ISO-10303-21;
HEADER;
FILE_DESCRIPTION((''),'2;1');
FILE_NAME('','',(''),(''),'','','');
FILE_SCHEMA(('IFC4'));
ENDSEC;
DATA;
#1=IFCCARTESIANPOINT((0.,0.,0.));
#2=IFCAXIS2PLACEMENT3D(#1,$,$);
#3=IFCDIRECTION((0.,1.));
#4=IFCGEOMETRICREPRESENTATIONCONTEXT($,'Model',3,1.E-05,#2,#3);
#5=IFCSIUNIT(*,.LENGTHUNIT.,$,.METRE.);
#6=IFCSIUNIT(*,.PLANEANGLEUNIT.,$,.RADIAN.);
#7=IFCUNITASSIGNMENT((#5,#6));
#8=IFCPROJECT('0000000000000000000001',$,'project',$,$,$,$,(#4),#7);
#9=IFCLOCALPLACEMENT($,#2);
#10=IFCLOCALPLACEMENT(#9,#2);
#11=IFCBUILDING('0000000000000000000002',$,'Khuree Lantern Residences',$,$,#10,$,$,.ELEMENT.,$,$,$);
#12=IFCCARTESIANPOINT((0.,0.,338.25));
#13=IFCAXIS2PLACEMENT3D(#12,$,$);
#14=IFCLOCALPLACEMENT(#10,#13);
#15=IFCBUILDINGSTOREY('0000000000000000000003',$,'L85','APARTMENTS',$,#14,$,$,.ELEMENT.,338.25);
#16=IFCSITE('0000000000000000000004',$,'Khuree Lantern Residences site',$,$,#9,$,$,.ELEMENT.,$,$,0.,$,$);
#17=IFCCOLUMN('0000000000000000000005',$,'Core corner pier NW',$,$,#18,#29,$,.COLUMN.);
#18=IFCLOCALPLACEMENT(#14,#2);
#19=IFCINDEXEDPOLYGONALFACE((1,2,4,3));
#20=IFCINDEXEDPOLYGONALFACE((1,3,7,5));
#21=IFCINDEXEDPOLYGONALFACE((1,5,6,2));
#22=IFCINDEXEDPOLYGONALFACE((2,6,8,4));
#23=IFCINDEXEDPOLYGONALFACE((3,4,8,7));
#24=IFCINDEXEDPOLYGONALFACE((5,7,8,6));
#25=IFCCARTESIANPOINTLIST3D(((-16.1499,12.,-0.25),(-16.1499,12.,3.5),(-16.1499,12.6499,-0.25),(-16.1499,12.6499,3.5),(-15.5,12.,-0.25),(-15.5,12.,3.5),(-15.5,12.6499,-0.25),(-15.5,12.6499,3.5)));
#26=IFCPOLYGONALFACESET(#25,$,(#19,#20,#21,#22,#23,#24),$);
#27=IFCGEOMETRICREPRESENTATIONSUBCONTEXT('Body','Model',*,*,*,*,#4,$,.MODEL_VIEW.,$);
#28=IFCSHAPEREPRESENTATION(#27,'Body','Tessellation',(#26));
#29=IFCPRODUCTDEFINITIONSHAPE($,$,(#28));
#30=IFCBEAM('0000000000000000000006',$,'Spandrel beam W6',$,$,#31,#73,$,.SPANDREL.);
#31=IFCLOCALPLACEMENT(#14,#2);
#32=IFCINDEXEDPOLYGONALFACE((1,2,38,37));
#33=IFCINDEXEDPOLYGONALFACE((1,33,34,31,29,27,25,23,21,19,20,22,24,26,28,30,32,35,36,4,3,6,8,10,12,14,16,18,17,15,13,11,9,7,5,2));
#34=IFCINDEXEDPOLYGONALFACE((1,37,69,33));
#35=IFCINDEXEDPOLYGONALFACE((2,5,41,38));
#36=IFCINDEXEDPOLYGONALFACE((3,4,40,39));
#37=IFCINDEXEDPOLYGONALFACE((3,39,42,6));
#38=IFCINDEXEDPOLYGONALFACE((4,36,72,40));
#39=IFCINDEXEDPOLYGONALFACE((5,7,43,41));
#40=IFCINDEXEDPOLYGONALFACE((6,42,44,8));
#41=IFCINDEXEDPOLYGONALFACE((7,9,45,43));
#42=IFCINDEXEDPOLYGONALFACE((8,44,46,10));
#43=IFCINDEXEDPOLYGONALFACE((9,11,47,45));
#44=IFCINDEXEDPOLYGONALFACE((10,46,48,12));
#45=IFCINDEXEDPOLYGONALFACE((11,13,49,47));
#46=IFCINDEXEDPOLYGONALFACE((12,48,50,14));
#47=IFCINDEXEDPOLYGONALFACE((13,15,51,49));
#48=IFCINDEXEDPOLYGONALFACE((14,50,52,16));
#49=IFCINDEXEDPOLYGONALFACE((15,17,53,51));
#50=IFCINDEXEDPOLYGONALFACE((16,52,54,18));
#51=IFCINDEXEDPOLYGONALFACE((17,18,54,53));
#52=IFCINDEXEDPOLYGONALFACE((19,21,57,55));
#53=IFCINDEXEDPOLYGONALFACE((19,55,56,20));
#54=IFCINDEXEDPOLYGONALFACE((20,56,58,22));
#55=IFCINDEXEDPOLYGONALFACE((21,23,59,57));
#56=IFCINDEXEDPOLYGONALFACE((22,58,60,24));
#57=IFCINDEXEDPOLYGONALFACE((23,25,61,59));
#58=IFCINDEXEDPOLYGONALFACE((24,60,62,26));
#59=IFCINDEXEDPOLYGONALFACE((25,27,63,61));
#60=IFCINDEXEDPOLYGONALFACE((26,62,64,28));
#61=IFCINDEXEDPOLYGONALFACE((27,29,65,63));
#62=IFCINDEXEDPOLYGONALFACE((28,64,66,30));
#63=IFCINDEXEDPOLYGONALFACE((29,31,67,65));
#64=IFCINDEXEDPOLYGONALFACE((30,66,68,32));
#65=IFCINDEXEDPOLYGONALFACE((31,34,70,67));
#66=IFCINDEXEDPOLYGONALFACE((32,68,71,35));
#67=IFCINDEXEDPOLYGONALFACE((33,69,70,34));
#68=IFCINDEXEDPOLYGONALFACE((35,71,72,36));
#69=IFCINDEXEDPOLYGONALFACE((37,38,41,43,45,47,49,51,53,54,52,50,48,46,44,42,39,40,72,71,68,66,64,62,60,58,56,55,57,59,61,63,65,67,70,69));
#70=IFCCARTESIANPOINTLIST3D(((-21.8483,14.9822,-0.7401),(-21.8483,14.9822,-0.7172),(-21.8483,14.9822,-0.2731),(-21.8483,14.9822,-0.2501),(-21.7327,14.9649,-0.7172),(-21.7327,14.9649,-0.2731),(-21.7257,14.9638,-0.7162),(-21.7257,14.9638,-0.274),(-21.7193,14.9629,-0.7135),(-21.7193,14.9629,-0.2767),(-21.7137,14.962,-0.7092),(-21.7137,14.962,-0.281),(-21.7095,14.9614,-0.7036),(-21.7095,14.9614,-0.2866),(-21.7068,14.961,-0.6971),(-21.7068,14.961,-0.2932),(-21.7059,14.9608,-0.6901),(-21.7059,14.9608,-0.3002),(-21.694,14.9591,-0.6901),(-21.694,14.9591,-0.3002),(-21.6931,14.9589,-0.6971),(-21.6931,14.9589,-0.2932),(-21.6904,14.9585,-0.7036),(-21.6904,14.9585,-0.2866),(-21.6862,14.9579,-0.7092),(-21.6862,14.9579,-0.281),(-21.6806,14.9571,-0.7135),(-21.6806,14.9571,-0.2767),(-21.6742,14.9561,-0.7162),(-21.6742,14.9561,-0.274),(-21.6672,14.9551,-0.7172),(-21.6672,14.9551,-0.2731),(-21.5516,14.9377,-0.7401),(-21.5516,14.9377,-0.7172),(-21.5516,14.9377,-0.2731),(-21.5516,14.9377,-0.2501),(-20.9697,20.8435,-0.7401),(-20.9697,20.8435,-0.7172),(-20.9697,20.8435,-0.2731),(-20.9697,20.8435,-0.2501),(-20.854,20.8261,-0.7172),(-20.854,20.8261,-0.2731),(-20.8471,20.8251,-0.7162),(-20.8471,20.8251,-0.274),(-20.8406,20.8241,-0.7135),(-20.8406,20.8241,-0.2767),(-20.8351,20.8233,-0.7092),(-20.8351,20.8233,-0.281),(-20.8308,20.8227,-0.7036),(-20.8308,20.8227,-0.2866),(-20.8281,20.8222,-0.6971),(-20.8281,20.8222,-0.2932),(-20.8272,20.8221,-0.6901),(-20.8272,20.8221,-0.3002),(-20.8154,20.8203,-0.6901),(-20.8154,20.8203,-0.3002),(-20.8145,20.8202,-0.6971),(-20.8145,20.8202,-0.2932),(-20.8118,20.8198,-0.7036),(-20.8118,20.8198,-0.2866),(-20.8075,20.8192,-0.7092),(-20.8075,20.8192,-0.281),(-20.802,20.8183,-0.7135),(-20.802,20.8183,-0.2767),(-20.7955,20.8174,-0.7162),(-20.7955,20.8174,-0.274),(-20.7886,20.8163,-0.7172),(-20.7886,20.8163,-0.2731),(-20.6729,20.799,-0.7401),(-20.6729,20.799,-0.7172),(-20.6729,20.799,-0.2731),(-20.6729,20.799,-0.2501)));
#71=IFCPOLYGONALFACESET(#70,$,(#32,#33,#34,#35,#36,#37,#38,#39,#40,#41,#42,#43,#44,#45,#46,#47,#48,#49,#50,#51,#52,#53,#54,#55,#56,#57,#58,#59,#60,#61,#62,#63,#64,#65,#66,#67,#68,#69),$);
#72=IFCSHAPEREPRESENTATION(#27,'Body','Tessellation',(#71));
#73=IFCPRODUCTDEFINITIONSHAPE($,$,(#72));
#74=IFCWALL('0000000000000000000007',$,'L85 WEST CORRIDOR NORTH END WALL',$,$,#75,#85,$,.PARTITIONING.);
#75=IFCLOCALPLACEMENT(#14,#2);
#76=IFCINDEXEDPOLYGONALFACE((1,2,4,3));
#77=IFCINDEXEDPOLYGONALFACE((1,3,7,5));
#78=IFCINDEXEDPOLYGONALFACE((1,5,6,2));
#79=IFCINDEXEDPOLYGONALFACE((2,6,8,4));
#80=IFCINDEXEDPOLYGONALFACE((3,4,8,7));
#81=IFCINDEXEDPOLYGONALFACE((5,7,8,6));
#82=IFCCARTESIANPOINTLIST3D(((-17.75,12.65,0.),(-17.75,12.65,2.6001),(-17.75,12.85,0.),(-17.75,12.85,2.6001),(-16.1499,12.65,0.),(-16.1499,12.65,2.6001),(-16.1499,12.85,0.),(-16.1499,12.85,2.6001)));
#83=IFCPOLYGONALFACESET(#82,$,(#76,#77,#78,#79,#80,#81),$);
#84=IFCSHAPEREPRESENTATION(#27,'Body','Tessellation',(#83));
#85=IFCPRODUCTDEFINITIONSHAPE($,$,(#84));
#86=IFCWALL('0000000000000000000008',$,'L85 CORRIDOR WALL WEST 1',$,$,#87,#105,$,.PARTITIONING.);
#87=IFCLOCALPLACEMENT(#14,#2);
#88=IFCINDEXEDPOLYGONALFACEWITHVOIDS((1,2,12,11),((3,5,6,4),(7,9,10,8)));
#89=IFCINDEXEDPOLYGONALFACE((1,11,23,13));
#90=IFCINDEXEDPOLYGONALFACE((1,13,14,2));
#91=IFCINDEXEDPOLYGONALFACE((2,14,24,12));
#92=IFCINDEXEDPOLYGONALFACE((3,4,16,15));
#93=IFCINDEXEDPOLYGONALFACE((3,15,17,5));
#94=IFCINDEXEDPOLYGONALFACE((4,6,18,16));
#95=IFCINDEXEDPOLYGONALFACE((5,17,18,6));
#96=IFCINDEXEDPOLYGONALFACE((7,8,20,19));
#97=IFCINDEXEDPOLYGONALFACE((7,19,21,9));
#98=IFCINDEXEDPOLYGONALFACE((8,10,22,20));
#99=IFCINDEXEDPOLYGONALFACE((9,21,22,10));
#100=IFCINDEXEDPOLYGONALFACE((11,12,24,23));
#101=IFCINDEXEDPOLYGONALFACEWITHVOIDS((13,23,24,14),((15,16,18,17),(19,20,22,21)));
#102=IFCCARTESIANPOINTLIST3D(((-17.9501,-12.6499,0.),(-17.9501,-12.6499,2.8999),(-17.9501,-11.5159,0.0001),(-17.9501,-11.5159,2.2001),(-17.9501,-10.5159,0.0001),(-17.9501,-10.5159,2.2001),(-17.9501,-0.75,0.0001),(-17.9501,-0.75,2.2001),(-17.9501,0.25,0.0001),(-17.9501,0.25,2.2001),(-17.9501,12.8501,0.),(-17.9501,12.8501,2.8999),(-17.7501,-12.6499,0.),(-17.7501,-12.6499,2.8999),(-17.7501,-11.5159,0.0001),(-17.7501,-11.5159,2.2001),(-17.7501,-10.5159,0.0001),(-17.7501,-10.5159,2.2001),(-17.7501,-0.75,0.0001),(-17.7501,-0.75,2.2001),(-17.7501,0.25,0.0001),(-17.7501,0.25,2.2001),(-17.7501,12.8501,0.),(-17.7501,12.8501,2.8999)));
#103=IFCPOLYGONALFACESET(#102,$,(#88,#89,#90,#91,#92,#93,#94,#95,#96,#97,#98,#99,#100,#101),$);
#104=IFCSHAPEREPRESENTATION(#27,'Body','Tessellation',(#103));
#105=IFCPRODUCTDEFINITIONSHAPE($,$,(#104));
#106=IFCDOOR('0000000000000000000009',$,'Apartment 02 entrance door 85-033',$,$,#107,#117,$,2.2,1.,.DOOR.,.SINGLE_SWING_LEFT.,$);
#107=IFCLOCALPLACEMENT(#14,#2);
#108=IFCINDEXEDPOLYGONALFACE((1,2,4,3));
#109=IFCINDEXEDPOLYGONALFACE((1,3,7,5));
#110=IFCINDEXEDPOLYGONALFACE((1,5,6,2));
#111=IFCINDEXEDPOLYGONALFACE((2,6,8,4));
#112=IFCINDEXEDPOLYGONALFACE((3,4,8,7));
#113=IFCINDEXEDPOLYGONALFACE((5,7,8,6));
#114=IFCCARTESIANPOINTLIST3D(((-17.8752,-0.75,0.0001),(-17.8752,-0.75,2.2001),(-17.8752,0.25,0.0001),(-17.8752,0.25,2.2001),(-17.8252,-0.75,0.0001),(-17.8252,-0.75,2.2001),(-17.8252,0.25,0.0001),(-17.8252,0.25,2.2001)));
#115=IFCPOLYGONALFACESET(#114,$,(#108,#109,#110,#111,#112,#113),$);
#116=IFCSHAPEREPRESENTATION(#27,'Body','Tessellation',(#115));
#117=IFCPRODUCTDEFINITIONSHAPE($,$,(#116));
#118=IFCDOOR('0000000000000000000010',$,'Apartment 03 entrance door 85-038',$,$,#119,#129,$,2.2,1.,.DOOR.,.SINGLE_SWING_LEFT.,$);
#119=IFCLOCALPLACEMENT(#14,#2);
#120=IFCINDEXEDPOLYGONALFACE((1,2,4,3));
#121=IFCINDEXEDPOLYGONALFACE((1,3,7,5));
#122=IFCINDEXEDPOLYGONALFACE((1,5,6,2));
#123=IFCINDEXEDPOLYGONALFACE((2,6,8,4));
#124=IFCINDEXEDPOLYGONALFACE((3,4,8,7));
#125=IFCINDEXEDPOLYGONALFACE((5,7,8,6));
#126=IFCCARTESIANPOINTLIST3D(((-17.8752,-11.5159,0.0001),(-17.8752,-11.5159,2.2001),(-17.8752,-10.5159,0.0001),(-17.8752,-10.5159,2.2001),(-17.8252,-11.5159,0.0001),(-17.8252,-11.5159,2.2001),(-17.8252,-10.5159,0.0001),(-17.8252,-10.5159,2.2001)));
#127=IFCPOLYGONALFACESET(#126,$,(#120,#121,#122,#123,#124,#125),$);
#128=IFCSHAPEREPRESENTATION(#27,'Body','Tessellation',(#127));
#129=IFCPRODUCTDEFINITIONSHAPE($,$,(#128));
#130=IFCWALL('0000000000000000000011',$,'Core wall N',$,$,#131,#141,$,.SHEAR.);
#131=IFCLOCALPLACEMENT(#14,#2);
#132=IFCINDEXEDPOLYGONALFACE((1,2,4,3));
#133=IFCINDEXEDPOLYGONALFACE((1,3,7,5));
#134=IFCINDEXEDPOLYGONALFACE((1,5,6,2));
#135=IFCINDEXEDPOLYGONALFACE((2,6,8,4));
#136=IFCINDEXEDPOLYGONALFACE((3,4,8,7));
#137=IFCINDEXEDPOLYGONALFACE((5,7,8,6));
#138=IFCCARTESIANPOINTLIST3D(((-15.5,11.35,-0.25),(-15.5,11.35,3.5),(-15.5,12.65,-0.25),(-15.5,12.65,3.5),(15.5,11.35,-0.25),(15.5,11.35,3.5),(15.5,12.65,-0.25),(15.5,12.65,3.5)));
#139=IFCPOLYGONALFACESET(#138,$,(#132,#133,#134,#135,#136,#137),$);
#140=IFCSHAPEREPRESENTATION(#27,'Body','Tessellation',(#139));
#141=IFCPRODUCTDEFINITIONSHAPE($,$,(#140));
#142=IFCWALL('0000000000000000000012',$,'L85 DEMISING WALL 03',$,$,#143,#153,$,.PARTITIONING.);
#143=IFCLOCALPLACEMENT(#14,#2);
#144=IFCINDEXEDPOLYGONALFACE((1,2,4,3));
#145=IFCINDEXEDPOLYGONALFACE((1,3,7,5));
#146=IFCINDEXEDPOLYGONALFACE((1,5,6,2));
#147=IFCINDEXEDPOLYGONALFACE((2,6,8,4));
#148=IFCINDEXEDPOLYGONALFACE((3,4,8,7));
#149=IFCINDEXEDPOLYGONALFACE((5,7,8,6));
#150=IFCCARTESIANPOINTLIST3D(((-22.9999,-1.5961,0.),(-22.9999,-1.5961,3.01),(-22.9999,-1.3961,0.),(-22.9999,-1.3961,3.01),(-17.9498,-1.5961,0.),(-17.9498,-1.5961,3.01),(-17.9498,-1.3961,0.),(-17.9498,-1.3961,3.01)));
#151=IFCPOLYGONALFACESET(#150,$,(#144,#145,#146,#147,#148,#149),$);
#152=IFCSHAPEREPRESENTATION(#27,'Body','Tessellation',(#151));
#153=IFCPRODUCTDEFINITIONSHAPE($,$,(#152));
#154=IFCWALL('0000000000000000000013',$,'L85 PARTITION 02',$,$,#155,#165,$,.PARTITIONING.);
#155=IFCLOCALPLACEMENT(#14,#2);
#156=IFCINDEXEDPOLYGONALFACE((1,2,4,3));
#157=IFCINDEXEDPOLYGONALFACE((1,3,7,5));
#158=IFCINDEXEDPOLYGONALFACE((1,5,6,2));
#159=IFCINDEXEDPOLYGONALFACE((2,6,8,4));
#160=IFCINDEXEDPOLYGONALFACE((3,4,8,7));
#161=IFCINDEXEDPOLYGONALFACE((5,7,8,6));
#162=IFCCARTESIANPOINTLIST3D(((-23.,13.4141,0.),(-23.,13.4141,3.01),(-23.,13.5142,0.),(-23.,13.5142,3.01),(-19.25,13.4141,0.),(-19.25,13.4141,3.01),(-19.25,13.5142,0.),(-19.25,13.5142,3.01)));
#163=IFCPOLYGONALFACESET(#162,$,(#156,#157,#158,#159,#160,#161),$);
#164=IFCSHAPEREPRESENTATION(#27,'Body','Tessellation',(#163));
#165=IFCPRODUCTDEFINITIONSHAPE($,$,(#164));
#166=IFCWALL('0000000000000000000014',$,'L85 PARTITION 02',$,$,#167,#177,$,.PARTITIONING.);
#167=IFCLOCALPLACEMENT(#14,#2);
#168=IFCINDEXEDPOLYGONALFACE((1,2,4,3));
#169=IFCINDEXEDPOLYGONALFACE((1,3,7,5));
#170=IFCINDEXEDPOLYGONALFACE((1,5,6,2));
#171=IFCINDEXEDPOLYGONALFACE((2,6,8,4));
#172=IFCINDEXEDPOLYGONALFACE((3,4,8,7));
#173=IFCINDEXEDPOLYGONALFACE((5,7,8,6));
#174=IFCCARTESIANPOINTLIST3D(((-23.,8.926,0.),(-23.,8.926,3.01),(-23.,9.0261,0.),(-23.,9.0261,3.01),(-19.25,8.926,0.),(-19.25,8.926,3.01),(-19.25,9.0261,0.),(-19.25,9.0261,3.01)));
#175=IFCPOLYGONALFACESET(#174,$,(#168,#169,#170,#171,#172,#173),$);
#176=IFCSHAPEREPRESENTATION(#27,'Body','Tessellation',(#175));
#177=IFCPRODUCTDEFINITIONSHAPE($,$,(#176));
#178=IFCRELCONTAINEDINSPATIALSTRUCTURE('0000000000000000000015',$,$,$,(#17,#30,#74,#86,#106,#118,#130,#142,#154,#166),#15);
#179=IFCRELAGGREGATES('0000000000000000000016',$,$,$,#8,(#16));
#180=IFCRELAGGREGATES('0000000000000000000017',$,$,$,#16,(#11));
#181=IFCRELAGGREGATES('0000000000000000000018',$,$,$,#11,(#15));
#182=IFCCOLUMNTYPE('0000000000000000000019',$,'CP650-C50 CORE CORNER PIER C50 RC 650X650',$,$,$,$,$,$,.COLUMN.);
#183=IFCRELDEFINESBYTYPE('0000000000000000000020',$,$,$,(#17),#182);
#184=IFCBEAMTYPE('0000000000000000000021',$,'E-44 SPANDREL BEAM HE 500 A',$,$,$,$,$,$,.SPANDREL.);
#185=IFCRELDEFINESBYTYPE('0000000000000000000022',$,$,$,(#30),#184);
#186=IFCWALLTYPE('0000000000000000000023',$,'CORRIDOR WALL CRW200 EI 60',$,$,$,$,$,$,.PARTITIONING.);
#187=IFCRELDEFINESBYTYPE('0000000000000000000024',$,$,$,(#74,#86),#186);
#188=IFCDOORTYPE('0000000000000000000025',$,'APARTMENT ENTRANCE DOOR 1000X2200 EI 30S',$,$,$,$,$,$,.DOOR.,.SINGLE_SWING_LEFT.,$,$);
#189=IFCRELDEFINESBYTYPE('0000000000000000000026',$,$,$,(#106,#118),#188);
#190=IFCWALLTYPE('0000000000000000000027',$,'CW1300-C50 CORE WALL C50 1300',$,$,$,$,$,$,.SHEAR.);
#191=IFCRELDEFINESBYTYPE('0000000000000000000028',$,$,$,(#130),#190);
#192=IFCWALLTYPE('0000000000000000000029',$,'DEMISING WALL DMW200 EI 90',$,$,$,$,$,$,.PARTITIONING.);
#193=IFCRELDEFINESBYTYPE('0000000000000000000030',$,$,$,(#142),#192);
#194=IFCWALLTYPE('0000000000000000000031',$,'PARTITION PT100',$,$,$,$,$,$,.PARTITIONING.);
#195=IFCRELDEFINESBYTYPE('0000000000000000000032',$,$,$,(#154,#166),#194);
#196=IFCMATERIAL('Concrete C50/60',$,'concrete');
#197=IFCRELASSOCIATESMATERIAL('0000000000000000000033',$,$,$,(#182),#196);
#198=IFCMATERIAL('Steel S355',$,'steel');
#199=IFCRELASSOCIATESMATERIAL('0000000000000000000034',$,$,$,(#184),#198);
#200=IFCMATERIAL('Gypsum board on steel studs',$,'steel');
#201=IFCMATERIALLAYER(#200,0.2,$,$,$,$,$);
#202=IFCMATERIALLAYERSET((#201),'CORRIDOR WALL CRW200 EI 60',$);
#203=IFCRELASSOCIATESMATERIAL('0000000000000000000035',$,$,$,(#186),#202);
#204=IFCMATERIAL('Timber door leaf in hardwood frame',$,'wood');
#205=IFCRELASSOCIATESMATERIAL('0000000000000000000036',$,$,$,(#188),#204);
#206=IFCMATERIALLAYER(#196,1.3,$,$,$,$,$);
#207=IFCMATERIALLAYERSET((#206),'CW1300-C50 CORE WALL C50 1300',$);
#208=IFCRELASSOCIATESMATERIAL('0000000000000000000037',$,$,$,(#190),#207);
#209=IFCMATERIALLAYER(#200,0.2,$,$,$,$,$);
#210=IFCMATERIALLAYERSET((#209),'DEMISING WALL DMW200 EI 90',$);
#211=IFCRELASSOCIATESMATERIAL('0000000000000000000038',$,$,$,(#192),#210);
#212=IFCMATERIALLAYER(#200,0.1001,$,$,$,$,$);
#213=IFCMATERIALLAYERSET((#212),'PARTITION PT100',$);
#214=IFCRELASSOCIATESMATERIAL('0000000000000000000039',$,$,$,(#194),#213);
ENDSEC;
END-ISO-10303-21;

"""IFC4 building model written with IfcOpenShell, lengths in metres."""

from ifc_helpers import new_model, si_unit, direction, frame, frame_2d, origin, origin_2d, place, context, subcontext, project, spatial, rectangle, i_section, extrude, material, layer, layer_set, material_profile, profile_set, type_object, element, fill, save


model = new_model("IFC4")

# Units and contexts
model_context = context("Model", 3, precision=1e-05, world=origin(), true_north=direction((0.0, 1.0)))
body_context = subcontext(model_context, "Body", "Model", "MODEL_VIEW")
ifc_project = project(units=[si_unit("LENGTHUNIT", "METRE"), si_unit("PLANEANGLEUNIT", "RADIAN")], contexts=[model_context])

# Site, building, storey
site_placement = place(None, origin())
site = spatial("IfcSite", under=ifc_project, at=site_placement, Name="Khuree Lantern Residences site", CompositionType="ELEMENT", RefElevation=0.0)
building_placement = place(site_placement, origin())
building = spatial("IfcBuilding", under=site, at=building_placement, Name="Khuree Lantern Residences", CompositionType="ELEMENT")
storey_placement = place(building_placement, frame((0.0, 0.0, 338.25)))
storey = spatial("IfcBuildingStorey", under=building, at=storey_placement, Name="L85", Description="APARTMENTS", CompositionType="ELEMENT", Elevation=338.25)

# Column
ifc_material_1 = material(Name="Concrete C50/60", Category="concrete")
ifc_material_profile_1 = material_profile(ifc_material_1, rectangle(XDim=0.6499, YDim=0.6499, at=origin_2d()), Name="RC 650X650")
ifc_profile_set_1 = profile_set([ifc_material_profile_1], Name="Concrete C50/60")
column_type = type_object("IfcColumnType", Name="CP650-C50 CORE CORNER PIER C50 RC 650X650", PredefinedType="COLUMN", material=ifc_profile_set_1)
column_placement = place(storey_placement, frame((-15.825, 12.325, -0.25), z_axis=(0.0, 0.0, 1.0), x_axis=(1.0, 0.0, 0.0)))
element("IfcColumn", 1, at=column_placement, inside=storey, type_object=column_type, Name="Core corner pier NW", PredefinedType="COLUMN", context=body_context, shape_type="SweptSolid", body=[
    extrude(rectangle(XDim=0.6499, YDim=0.6499, at=origin_2d()), origin(), (0.0, 0.0, 1.0), 3.75),
])

# Beam
ifc_material_2 = material(Name="Steel S355", Category="steel")
ifc_material_profile_2 = material_profile(ifc_material_2, i_section(OverallWidth=0.3, OverallDepth=0.49, WebThickness=0.012, FlangeThickness=0.0229, FilletRadius=0.0271, at=origin_2d()), Name="HE 500 A")
ifc_profile_set_2 = profile_set([ifc_material_profile_2], Name="Steel S355")
beam_type = type_object("IfcBeamType", Name="E-44 SPANDREL BEAM HE 500 A", PredefinedType="SPANDREL", material=ifc_profile_set_2)
beam_placement = place(storey_placement, frame((-21.7, 14.96, -0.4951), z_axis=(0.148252, 0.98895, 0.0), x_axis=(-0.98895, 0.148252, 0.0)))
element("IfcBeam", 2, at=beam_placement, inside=storey, type_object=beam_type, Name="Spandrel beam W6", PredefinedType="SPANDREL", context=body_context, shape_type="SweptSolid", body=[
    extrude(i_section(OverallWidth=0.3, OverallDepth=0.49, WebThickness=0.012, FlangeThickness=0.0229, FilletRadius=0.0271, at=origin_2d()), origin(), (0.0, 0.0, 1.0), 5.9268),
])

# Wall
ifc_material_3 = material(Name="Gypsum board on steel studs", Category="steel")
ifc_layer_1 = layer(ifc_material_3, 0.2)
ifc_layer_set_1 = layer_set([ifc_layer_1], Name="CORRIDOR WALL CRW200 EI 60")
wall_type_1 = type_object("IfcWallType", Name="CORRIDOR WALL CRW200 EI 60", PredefinedType="PARTITIONING", material=ifc_layer_set_1)
wall_1_placement = place(storey_placement, frame((-16.1499, 12.75, 0.0), z_axis=(0.0, 0.0, 1.0), x_axis=(-1.0, 0.0, 0.0)))
element("IfcWall", 3, at=wall_1_placement, inside=storey, type_object=wall_type_1, Name="L85 WEST CORRIDOR NORTH END WALL", PredefinedType="PARTITIONING", context=body_context, shape_type="SweptSolid", body=[
    extrude(rectangle(XDim=1.6001, YDim=0.2, at=frame_2d((0.8, 0.0))), origin(), (0.0, 0.0, 1.0), 2.6001),
])

# Wall, openings, doors
wall_2_placement = place(storey_placement, frame((-17.8501, 12.8501, 0.0), z_axis=(0.0, 0.0, 1.0), x_axis=(0.0, -1.0, 0.0)))
wall_2 = element("IfcWall", 4, at=wall_2_placement, inside=storey, type_object=wall_type_1, Name="L85 CORRIDOR WALL WEST 1", PredefinedType="PARTITIONING", context=body_context, shape_type="SweptSolid", body=[
    extrude(rectangle(XDim=25.5, YDim=0.2, at=frame_2d((12.75, 0.0))), origin(), (0.0, 0.0, 1.0), 2.8999),
])
opening_1_placement = place(wall_2_placement, frame((12.6001, 0.0, 0.0)))
opening_1 = element("IfcOpeningElement", 5, at=opening_1_placement, cuts=wall_2, PredefinedType="OPENING", context=body_context, shape_type="SweptSolid", body=[
    extrude(rectangle(XDim=1.0, YDim=2.2, at=frame_2d((0.5, 1.1001))), frame((0.0, 0.1099, 0.0), z_axis=(0.0, -1.0, 0.0), x_axis=(1.0, 0.0, 0.0)), (0.0, 0.0, 1.0), 0.22),
])
opening_2_placement = place(wall_2_placement, frame((23.366, 0.0, 0.0)))
opening_2 = element("IfcOpeningElement", 6, at=opening_2_placement, cuts=wall_2, PredefinedType="OPENING", context=body_context, shape_type="SweptSolid", body=[
    extrude(rectangle(XDim=1.0, YDim=2.2, at=frame_2d((0.5, 1.1001))), frame((0.0, 0.1099, 0.0), z_axis=(0.0, -1.0, 0.0), x_axis=(1.0, 0.0, 0.0)), (0.0, 0.0, 1.0), 0.22),
])
ifc_material_4 = material(Name="Timber door leaf in hardwood frame", Category="wood")
door_type_1 = type_object("IfcDoorType", Name="APARTMENT ENTRANCE DOOR 1000X2200 EI 30S", OperationType="SINGLE_SWING_LEFT", PredefinedType="DOOR", material=ifc_material_4)
door_1_placement = place(opening_1_placement, origin())
door_1 = element("IfcDoor", 7, at=door_1_placement, inside=storey, type_object=door_type_1, Name="Apartment 02 entrance door 85-033", OperationType="SINGLE_SWING_LEFT", OverallHeight=2.2, OverallWidth=1.0, PredefinedType="DOOR", context=body_context, shape_type="SweptSolid", body=[
    extrude(rectangle(XDim=1.0, YDim=2.2, at=frame_2d((0.5, 1.1001))), frame((0.0, 0.0249, 0.0), z_axis=(0.0, -1.0, 0.0), x_axis=(1.0, 0.0, 0.0)), (0.0, 0.0, 1.0), 0.05),
])
fill(opening_1, door_1)
door_2_placement = place(opening_2_placement, origin())
door_2 = element("IfcDoor", 8, at=door_2_placement, inside=storey, type_object=door_type_1, Name="Apartment 03 entrance door 85-038", OperationType="SINGLE_SWING_LEFT", OverallHeight=2.2, OverallWidth=1.0, PredefinedType="DOOR", context=body_context, shape_type="SweptSolid", body=[
    extrude(rectangle(XDim=1.0, YDim=2.2, at=frame_2d((0.5, 1.1001))), frame((0.0, 0.0249, 0.0), z_axis=(0.0, -1.0, 0.0), x_axis=(1.0, 0.0, 0.0)), (0.0, 0.0, 1.0), 0.05),
])
fill(opening_2, door_2)

# Walls
ifc_layer_2 = layer(ifc_material_1, 1.3)
ifc_layer_set_2 = layer_set([ifc_layer_2], Name="CW1300-C50 CORE WALL C50 1300")
wall_type_2 = type_object("IfcWallType", Name="CW1300-C50 CORE WALL C50 1300", PredefinedType="SHEAR", material=ifc_layer_set_2)
wall_3_placement = place(storey_placement, frame((-15.5, 12.0, -0.25), z_axis=(0.0, 0.0, 1.0), x_axis=(1.0, 0.0, 0.0)))
element("IfcWall", 9, at=wall_3_placement, inside=storey, type_object=wall_type_2, Name="Core wall N", PredefinedType="SHEAR", context=body_context, shape_type="SweptSolid", body=[
    extrude(rectangle(XDim=31.0, YDim=1.3, at=frame_2d((15.5, 0.0))), origin(), (0.0, 0.0, 1.0), 3.75),
])
ifc_layer_3 = layer(ifc_material_3, 0.2)
ifc_layer_set_3 = layer_set([ifc_layer_3], Name="DEMISING WALL DMW200 EI 90")
wall_type_3 = type_object("IfcWallType", Name="DEMISING WALL DMW200 EI 90", PredefinedType="PARTITIONING", material=ifc_layer_set_3)
wall_4_placement = place(storey_placement, frame((-17.95, -1.4961, 0.0), z_axis=(0.0, 0.0, 1.0), x_axis=(-1.0, 0.0, 0.0)))
element("IfcWall", 10, at=wall_4_placement, inside=storey, type_object=wall_type_3, Name="L85 DEMISING WALL 03", PredefinedType="PARTITIONING", context=body_context, shape_type="SweptSolid", body=[
    extrude(rectangle(XDim=5.05, YDim=0.2, at=frame_2d((2.5249, 0.0))), origin(), (0.0, 0.0, 1.0), 3.01),
])
ifc_layer_4 = layer(ifc_material_3, 0.1001)
ifc_layer_set_4 = layer_set([ifc_layer_4], Name="PARTITION PT100")
wall_type_4 = type_object("IfcWallType", Name="PARTITION PT100", PredefinedType="PARTITIONING", material=ifc_layer_set_4)
for number, where, z_axis, x_axis, name in (
    (11, (-19.25, 13.4641, 0.0), (0.0, 0.0, 1.0), (-1.0, 0.0, 0.0), "L85 PARTITION 02"),
    (12, (-19.25, 8.9761, 0.0), (0.0, 0.0, 1.0), (-1.0, 0.0, 0.0), "L85 PARTITION 02"),
):
    element("IfcWall", number, at=place(storey_placement, frame(where, z_axis=z_axis, x_axis=x_axis)), inside=storey, type_object=wall_type_4, Name=name, PredefinedType="PARTITIONING", context=body_context, shape_type="SweptSolid", body=[
        extrude(rectangle(XDim=3.75, YDim=0.1001, at=frame_2d((1.875, 0.0))), origin(), (0.0, 0.0, 1.0), 3.01),
    ])

save(model, "model.ifc")
